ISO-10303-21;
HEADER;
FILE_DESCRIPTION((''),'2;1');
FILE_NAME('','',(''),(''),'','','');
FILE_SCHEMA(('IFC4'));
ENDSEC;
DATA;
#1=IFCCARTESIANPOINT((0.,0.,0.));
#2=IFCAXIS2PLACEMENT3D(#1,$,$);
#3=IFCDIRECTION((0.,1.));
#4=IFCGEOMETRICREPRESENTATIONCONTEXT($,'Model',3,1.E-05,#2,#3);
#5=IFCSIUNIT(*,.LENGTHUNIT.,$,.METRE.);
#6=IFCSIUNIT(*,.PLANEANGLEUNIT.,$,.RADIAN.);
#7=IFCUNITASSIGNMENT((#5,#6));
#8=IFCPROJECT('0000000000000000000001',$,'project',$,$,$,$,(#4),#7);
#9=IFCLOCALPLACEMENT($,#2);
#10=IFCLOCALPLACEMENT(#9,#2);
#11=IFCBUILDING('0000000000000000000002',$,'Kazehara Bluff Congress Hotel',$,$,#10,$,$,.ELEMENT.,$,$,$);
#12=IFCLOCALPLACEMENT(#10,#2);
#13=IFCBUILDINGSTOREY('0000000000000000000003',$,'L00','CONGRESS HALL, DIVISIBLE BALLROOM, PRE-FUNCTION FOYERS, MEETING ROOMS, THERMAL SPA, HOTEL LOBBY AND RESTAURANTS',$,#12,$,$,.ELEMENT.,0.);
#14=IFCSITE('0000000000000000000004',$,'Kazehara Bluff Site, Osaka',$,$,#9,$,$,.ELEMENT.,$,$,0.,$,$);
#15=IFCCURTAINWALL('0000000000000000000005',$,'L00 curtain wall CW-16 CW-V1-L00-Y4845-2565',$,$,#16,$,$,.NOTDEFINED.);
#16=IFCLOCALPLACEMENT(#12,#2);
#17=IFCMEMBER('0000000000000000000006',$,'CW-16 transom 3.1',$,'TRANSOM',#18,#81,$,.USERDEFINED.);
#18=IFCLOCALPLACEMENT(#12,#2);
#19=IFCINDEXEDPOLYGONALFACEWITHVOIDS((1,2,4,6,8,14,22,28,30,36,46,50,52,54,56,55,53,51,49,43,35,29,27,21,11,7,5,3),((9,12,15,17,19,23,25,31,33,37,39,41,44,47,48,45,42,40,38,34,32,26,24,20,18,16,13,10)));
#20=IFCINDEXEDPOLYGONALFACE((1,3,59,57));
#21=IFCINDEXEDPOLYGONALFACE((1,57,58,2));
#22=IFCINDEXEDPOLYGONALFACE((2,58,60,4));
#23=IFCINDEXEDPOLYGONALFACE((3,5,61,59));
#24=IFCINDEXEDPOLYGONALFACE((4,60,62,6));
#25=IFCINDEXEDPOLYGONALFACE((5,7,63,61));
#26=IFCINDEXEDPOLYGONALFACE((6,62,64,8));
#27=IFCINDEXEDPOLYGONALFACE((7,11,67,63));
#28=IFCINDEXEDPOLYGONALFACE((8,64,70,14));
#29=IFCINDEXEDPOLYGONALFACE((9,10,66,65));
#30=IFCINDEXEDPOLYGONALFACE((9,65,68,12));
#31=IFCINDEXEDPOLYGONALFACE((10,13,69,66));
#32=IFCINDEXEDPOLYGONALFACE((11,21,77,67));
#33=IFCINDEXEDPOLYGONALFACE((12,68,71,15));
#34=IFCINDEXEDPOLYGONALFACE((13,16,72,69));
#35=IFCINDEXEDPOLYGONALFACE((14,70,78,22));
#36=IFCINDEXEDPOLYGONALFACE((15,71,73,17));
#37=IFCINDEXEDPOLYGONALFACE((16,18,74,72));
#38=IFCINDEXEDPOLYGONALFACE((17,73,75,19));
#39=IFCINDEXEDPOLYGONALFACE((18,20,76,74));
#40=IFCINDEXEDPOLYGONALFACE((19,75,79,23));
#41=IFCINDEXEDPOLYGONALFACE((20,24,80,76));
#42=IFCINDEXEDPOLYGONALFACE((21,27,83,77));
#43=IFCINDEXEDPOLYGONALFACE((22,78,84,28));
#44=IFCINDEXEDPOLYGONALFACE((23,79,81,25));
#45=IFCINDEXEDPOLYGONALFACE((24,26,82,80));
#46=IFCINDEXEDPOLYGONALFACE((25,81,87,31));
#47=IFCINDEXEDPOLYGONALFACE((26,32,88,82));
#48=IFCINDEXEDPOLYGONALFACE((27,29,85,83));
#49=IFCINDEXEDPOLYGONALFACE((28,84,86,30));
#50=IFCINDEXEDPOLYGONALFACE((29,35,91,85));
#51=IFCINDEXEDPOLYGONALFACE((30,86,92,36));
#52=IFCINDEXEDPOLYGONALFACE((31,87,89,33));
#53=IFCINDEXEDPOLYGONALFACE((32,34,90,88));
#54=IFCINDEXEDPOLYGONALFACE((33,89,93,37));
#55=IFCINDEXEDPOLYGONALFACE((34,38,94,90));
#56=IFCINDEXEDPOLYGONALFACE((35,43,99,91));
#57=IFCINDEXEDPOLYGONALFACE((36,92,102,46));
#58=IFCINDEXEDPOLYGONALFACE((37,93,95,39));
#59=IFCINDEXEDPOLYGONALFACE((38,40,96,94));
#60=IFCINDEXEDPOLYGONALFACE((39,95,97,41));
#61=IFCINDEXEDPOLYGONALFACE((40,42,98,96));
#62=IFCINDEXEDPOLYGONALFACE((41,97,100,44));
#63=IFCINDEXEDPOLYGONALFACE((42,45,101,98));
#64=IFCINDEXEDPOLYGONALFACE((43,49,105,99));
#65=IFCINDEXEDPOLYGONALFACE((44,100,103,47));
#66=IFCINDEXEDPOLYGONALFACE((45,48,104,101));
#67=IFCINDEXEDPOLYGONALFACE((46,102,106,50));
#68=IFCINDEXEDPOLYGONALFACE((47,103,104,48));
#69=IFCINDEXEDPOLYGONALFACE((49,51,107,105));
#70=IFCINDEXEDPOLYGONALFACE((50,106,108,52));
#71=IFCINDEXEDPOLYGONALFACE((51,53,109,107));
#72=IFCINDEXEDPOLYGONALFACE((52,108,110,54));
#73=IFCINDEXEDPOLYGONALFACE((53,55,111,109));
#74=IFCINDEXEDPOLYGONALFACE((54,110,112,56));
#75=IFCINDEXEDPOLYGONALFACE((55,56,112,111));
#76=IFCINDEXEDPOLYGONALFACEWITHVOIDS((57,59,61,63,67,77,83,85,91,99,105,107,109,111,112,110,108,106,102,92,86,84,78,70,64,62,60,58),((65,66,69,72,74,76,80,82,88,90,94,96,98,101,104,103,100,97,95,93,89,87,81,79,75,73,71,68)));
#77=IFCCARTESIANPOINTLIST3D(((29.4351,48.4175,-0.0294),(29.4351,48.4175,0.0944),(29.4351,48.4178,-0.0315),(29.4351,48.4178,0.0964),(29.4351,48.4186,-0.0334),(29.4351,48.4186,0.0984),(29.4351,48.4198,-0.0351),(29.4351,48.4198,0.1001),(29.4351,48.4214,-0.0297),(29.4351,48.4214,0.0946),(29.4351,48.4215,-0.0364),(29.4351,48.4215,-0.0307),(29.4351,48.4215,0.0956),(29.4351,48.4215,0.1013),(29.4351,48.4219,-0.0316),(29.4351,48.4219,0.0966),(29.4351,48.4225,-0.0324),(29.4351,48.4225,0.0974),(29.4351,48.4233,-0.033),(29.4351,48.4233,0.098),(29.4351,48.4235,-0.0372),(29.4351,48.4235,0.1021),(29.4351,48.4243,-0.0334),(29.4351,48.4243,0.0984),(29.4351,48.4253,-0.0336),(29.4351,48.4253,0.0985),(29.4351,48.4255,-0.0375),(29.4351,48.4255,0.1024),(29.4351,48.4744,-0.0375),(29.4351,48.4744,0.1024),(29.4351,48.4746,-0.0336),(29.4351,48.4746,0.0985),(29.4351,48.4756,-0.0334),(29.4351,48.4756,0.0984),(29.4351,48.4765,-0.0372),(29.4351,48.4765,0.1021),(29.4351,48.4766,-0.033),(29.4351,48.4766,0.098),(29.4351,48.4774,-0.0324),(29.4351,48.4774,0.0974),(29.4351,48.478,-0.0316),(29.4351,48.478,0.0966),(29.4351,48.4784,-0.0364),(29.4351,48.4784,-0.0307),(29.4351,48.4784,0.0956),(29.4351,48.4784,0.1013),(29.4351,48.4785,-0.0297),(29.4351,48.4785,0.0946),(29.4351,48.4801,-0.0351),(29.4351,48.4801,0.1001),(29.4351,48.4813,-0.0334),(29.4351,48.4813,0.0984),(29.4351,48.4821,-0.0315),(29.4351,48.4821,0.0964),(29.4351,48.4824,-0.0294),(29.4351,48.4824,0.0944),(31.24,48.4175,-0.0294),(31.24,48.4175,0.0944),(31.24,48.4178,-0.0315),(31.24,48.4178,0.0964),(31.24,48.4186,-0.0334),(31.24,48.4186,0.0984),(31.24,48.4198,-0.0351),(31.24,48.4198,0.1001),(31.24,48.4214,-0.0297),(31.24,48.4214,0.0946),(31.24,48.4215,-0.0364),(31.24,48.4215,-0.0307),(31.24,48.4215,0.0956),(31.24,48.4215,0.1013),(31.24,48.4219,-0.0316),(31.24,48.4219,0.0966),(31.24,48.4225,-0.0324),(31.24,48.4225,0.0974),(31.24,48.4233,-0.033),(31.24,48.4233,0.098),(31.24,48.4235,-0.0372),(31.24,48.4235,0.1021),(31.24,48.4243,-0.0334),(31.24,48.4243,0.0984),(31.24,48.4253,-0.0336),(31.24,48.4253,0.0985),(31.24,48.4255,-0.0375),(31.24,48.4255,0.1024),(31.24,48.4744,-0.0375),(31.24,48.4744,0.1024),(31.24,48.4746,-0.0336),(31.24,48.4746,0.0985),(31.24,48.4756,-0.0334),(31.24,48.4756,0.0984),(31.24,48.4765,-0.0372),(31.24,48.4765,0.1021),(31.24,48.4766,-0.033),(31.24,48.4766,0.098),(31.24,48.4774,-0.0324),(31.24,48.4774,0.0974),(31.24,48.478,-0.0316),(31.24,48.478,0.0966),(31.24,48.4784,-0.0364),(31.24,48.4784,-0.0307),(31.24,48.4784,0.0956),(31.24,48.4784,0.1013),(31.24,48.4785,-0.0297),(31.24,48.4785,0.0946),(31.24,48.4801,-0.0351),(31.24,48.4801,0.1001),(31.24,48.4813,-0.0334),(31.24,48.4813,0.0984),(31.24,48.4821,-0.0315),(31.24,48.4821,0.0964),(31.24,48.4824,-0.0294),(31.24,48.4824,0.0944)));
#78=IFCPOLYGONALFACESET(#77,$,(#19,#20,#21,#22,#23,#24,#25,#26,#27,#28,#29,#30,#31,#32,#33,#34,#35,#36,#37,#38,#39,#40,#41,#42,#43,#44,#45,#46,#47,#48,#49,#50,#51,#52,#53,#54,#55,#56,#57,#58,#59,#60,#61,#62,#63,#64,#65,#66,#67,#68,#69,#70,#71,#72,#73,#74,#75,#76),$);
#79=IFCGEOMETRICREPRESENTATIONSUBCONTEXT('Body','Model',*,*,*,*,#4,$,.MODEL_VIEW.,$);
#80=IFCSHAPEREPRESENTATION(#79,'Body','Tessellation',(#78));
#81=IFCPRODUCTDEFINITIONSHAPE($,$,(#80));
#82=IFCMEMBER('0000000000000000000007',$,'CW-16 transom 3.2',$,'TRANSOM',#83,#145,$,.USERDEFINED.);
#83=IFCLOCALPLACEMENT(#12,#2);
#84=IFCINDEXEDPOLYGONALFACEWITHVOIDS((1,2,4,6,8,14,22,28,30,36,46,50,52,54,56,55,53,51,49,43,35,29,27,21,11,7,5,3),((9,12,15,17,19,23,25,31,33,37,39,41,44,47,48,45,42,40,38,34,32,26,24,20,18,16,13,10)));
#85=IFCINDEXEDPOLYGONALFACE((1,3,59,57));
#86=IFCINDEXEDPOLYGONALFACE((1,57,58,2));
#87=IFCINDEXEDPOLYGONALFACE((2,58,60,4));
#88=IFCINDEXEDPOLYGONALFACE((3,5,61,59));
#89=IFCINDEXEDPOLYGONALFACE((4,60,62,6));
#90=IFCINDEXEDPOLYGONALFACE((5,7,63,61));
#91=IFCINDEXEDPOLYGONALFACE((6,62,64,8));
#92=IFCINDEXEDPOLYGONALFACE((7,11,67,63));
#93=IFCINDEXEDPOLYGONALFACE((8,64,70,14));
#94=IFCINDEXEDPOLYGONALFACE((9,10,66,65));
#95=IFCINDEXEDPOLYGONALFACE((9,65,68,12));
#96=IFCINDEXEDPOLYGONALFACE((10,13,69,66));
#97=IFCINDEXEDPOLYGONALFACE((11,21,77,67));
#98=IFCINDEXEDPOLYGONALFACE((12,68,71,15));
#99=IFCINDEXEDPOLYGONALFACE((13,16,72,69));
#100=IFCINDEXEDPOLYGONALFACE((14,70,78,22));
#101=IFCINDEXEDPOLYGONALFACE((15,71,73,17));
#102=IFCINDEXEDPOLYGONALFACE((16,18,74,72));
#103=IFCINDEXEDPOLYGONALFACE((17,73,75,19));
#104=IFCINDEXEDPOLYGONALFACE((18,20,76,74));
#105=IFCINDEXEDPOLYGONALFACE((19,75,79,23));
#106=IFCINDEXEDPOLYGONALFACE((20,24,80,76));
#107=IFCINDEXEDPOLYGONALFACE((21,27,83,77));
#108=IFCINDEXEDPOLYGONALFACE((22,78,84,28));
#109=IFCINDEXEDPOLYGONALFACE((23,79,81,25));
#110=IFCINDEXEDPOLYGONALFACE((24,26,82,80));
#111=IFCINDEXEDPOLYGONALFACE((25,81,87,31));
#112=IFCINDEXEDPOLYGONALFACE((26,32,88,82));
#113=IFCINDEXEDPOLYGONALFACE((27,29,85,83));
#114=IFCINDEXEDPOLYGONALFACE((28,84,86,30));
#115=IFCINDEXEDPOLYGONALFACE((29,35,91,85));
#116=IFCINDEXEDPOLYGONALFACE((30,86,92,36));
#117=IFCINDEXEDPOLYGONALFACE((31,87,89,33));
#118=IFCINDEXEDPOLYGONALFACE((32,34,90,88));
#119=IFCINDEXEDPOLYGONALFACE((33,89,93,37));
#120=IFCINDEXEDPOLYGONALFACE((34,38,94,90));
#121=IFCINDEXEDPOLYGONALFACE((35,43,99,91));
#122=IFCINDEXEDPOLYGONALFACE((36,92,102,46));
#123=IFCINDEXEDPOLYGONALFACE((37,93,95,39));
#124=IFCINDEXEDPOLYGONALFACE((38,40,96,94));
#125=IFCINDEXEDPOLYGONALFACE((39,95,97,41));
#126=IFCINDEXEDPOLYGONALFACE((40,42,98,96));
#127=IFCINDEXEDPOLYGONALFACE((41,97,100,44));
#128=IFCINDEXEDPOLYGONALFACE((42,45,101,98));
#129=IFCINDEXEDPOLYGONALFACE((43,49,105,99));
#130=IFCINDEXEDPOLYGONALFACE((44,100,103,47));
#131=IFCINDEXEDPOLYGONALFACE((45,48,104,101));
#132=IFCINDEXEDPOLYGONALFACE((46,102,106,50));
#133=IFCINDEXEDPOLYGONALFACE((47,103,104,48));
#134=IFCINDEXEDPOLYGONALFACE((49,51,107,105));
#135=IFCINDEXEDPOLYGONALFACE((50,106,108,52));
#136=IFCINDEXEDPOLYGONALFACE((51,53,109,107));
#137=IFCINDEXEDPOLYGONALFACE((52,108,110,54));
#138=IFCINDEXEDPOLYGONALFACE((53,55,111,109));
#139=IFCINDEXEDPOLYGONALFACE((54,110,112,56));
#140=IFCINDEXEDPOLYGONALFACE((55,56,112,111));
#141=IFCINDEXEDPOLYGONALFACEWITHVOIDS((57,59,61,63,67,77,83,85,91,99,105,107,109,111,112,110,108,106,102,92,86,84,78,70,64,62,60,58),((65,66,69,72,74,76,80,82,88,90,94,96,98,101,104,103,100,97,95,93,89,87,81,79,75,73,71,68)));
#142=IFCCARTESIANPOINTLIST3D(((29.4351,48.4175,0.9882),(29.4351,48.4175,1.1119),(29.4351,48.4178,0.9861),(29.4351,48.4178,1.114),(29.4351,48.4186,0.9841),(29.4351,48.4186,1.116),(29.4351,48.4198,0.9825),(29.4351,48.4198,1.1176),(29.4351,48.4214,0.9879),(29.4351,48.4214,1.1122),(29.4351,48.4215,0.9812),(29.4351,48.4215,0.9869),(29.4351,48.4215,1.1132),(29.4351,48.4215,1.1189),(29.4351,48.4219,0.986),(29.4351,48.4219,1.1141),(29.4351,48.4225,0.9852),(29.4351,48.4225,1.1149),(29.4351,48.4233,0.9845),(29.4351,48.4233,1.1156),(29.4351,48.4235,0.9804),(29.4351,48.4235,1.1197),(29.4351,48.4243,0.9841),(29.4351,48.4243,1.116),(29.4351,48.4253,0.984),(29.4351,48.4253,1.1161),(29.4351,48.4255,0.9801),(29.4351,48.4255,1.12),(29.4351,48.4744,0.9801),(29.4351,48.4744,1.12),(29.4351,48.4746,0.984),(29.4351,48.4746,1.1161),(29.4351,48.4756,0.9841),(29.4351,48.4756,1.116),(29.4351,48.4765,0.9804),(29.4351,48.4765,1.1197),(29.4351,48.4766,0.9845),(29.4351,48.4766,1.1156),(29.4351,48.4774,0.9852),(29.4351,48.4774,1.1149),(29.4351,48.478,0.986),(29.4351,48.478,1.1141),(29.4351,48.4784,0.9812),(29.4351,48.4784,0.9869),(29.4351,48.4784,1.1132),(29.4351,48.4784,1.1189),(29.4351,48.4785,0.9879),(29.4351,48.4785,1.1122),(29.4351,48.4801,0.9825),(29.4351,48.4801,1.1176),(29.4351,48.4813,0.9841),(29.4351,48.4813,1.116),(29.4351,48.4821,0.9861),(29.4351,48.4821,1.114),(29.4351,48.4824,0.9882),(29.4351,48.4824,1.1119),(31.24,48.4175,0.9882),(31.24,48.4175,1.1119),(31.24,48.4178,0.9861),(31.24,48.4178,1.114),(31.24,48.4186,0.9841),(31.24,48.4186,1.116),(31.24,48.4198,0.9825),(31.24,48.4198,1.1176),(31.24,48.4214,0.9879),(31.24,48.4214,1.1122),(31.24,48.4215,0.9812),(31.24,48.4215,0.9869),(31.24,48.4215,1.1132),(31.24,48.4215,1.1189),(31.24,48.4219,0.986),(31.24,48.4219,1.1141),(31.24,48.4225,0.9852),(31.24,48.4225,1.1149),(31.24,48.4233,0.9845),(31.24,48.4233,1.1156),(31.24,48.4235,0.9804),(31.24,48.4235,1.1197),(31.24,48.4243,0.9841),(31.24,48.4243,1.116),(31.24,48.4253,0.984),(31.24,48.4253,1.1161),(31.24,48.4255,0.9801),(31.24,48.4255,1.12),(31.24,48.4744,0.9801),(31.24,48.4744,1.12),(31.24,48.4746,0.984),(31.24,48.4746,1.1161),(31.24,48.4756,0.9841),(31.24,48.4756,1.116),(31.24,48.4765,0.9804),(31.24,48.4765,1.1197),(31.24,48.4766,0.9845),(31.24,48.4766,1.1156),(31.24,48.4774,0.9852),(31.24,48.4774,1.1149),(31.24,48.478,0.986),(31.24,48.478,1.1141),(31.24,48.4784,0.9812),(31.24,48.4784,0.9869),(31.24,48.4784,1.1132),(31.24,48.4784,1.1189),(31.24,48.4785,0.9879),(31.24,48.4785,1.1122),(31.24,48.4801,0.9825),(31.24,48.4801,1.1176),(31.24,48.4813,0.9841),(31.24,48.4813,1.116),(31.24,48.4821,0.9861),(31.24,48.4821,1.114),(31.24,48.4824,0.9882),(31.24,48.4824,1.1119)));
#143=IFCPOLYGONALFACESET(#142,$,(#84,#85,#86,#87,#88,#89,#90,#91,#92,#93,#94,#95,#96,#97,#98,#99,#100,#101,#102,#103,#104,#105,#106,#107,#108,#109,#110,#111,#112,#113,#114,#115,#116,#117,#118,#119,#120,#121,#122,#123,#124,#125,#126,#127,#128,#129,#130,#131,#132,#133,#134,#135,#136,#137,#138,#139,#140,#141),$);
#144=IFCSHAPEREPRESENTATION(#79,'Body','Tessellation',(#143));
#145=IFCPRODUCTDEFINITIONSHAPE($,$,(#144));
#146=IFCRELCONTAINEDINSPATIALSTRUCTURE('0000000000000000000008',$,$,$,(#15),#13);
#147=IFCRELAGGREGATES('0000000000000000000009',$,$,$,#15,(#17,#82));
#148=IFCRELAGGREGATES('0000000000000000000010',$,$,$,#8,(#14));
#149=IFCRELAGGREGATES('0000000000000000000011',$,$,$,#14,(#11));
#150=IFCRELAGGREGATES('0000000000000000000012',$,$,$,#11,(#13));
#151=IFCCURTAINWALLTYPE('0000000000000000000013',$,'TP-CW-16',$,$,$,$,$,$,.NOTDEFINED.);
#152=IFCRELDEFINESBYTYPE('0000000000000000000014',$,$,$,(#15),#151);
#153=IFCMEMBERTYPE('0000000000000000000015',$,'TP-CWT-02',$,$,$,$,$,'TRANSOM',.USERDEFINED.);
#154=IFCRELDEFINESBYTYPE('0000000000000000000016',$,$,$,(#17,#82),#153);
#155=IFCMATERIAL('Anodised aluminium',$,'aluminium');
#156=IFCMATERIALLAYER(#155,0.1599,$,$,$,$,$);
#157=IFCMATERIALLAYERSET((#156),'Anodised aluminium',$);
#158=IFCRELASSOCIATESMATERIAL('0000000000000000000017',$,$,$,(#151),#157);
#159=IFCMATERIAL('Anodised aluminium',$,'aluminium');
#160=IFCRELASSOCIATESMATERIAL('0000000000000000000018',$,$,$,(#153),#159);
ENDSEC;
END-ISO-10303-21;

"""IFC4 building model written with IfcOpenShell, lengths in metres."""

from ifc_helpers import new_model, si_unit, direction, frame, origin, origin_2d, place, context, subcontext, project, spatial, hollow_rectangle, extrude, material, layer, layer_set, material_profile, profile_set, type_object, element, aggregate, save


model = new_model("IFC4")

# Units and contexts
model_context = context("Model", 3, precision=1e-05, world=origin(), true_north=direction((0.0, 1.0)))
body_context = subcontext(model_context, "Body", "Model", "MODEL_VIEW")
ifc_project = project(units=[si_unit("LENGTHUNIT", "METRE"), si_unit("PLANEANGLEUNIT", "RADIAN")], contexts=[model_context])

# Site, building, storey
site_placement = place(None, origin())
site = spatial("IfcSite", under=ifc_project, at=site_placement, Name="Kazehara Bluff Site, Osaka", CompositionType="ELEMENT", RefElevation=0.0)
building_placement = place(site_placement, origin())
building = spatial("IfcBuilding", under=site, at=building_placement, Name="Kazehara Bluff Congress Hotel", CompositionType="ELEMENT")
storey_placement = place(building_placement, origin())
storey = spatial("IfcBuildingStorey", under=building, at=storey_placement, Name="L00", Description="CONGRESS HALL, DIVISIBLE BALLROOM, PRE-FUNCTION FOYERS, MEETING ROOMS, THERMAL SPA, HOTEL LOBBY AND RESTAURANTS", CompositionType="ELEMENT", Elevation=0.0)

# Curtain wall, members
ifc_material_1 = material(Name="Anodised aluminium", Category="aluminium")
ifc_layer_1 = layer(ifc_material_1, 0.1599)
ifc_layer_set_1 = layer_set([ifc_layer_1], Name="Anodised aluminium")
curtain_wall_type = type_object("IfcCurtainWallType", Name="TP-CW-16", PredefinedType="NOTDEFINED", material=ifc_layer_set_1)
curtain_wall_placement = place(storey_placement, origin())
curtain_wall = element("IfcCurtainWall", 1, at=curtain_wall_placement, inside=storey, type_object=curtain_wall_type, Name="L00 curtain wall CW-16 CW-V1-L00-Y4845-2565", PredefinedType="NOTDEFINED")
ifc_material_2 = material(Name="Anodised aluminium", Category="aluminium")
ifc_material_profile_1 = material_profile(ifc_material_2, hollow_rectangle(XDim=0.0649, YDim=0.1399, WallThickness=0.0039, InnerFilletRadius=0.0039, OuterFilletRadius=0.0081, at=origin_2d()))
ifc_profile_set_1 = profile_set([ifc_material_profile_1], Name="Anodised aluminium")
member_type_1 = type_object("IfcMemberType", Name="TP-CWT-02", ElementType="TRANSOM", PredefinedType="USERDEFINED", material=ifc_profile_set_1)
member_1_placement = place(storey_placement, frame((29.4351, 48.45, 0.0325), z_axis=(1.0, 0.0, 0.0), x_axis=(0.0, 1.0, 0.0)))
member_1 = element("IfcMember", 2, at=member_1_placement, type_object=member_type_1, Name="CW-16 transom 3.1", ObjectType="TRANSOM", PredefinedType="USERDEFINED", context=body_context, shape_type="SweptSolid", body=[
    extrude(hollow_rectangle(XDim=0.0649, YDim=0.1399, WallThickness=0.0039, InnerFilletRadius=0.0039, OuterFilletRadius=0.0081, at=origin_2d()), origin(), (0.0, 0.0, 1.0), 1.8049),
])
member_2_placement = place(storey_placement, frame((29.4351, 48.45, 1.05), z_axis=(1.0, 0.0, 0.0), x_axis=(0.0, 1.0, 0.0)))
member_2 = element("IfcMember", 3, at=member_2_placement, type_object=member_type_1, Name="CW-16 transom 3.2", ObjectType="TRANSOM", PredefinedType="USERDEFINED", context=body_context, shape_type="SweptSolid", body=[
    extrude(hollow_rectangle(XDim=0.0649, YDim=0.1399, WallThickness=0.0039, InnerFilletRadius=0.0039, OuterFilletRadius=0.0081, at=origin_2d()), origin(), (0.0, 0.0, 1.0), 1.8049),
])
aggregate(curtain_wall, [member_1, member_2])

save(model, "model.ifc")
